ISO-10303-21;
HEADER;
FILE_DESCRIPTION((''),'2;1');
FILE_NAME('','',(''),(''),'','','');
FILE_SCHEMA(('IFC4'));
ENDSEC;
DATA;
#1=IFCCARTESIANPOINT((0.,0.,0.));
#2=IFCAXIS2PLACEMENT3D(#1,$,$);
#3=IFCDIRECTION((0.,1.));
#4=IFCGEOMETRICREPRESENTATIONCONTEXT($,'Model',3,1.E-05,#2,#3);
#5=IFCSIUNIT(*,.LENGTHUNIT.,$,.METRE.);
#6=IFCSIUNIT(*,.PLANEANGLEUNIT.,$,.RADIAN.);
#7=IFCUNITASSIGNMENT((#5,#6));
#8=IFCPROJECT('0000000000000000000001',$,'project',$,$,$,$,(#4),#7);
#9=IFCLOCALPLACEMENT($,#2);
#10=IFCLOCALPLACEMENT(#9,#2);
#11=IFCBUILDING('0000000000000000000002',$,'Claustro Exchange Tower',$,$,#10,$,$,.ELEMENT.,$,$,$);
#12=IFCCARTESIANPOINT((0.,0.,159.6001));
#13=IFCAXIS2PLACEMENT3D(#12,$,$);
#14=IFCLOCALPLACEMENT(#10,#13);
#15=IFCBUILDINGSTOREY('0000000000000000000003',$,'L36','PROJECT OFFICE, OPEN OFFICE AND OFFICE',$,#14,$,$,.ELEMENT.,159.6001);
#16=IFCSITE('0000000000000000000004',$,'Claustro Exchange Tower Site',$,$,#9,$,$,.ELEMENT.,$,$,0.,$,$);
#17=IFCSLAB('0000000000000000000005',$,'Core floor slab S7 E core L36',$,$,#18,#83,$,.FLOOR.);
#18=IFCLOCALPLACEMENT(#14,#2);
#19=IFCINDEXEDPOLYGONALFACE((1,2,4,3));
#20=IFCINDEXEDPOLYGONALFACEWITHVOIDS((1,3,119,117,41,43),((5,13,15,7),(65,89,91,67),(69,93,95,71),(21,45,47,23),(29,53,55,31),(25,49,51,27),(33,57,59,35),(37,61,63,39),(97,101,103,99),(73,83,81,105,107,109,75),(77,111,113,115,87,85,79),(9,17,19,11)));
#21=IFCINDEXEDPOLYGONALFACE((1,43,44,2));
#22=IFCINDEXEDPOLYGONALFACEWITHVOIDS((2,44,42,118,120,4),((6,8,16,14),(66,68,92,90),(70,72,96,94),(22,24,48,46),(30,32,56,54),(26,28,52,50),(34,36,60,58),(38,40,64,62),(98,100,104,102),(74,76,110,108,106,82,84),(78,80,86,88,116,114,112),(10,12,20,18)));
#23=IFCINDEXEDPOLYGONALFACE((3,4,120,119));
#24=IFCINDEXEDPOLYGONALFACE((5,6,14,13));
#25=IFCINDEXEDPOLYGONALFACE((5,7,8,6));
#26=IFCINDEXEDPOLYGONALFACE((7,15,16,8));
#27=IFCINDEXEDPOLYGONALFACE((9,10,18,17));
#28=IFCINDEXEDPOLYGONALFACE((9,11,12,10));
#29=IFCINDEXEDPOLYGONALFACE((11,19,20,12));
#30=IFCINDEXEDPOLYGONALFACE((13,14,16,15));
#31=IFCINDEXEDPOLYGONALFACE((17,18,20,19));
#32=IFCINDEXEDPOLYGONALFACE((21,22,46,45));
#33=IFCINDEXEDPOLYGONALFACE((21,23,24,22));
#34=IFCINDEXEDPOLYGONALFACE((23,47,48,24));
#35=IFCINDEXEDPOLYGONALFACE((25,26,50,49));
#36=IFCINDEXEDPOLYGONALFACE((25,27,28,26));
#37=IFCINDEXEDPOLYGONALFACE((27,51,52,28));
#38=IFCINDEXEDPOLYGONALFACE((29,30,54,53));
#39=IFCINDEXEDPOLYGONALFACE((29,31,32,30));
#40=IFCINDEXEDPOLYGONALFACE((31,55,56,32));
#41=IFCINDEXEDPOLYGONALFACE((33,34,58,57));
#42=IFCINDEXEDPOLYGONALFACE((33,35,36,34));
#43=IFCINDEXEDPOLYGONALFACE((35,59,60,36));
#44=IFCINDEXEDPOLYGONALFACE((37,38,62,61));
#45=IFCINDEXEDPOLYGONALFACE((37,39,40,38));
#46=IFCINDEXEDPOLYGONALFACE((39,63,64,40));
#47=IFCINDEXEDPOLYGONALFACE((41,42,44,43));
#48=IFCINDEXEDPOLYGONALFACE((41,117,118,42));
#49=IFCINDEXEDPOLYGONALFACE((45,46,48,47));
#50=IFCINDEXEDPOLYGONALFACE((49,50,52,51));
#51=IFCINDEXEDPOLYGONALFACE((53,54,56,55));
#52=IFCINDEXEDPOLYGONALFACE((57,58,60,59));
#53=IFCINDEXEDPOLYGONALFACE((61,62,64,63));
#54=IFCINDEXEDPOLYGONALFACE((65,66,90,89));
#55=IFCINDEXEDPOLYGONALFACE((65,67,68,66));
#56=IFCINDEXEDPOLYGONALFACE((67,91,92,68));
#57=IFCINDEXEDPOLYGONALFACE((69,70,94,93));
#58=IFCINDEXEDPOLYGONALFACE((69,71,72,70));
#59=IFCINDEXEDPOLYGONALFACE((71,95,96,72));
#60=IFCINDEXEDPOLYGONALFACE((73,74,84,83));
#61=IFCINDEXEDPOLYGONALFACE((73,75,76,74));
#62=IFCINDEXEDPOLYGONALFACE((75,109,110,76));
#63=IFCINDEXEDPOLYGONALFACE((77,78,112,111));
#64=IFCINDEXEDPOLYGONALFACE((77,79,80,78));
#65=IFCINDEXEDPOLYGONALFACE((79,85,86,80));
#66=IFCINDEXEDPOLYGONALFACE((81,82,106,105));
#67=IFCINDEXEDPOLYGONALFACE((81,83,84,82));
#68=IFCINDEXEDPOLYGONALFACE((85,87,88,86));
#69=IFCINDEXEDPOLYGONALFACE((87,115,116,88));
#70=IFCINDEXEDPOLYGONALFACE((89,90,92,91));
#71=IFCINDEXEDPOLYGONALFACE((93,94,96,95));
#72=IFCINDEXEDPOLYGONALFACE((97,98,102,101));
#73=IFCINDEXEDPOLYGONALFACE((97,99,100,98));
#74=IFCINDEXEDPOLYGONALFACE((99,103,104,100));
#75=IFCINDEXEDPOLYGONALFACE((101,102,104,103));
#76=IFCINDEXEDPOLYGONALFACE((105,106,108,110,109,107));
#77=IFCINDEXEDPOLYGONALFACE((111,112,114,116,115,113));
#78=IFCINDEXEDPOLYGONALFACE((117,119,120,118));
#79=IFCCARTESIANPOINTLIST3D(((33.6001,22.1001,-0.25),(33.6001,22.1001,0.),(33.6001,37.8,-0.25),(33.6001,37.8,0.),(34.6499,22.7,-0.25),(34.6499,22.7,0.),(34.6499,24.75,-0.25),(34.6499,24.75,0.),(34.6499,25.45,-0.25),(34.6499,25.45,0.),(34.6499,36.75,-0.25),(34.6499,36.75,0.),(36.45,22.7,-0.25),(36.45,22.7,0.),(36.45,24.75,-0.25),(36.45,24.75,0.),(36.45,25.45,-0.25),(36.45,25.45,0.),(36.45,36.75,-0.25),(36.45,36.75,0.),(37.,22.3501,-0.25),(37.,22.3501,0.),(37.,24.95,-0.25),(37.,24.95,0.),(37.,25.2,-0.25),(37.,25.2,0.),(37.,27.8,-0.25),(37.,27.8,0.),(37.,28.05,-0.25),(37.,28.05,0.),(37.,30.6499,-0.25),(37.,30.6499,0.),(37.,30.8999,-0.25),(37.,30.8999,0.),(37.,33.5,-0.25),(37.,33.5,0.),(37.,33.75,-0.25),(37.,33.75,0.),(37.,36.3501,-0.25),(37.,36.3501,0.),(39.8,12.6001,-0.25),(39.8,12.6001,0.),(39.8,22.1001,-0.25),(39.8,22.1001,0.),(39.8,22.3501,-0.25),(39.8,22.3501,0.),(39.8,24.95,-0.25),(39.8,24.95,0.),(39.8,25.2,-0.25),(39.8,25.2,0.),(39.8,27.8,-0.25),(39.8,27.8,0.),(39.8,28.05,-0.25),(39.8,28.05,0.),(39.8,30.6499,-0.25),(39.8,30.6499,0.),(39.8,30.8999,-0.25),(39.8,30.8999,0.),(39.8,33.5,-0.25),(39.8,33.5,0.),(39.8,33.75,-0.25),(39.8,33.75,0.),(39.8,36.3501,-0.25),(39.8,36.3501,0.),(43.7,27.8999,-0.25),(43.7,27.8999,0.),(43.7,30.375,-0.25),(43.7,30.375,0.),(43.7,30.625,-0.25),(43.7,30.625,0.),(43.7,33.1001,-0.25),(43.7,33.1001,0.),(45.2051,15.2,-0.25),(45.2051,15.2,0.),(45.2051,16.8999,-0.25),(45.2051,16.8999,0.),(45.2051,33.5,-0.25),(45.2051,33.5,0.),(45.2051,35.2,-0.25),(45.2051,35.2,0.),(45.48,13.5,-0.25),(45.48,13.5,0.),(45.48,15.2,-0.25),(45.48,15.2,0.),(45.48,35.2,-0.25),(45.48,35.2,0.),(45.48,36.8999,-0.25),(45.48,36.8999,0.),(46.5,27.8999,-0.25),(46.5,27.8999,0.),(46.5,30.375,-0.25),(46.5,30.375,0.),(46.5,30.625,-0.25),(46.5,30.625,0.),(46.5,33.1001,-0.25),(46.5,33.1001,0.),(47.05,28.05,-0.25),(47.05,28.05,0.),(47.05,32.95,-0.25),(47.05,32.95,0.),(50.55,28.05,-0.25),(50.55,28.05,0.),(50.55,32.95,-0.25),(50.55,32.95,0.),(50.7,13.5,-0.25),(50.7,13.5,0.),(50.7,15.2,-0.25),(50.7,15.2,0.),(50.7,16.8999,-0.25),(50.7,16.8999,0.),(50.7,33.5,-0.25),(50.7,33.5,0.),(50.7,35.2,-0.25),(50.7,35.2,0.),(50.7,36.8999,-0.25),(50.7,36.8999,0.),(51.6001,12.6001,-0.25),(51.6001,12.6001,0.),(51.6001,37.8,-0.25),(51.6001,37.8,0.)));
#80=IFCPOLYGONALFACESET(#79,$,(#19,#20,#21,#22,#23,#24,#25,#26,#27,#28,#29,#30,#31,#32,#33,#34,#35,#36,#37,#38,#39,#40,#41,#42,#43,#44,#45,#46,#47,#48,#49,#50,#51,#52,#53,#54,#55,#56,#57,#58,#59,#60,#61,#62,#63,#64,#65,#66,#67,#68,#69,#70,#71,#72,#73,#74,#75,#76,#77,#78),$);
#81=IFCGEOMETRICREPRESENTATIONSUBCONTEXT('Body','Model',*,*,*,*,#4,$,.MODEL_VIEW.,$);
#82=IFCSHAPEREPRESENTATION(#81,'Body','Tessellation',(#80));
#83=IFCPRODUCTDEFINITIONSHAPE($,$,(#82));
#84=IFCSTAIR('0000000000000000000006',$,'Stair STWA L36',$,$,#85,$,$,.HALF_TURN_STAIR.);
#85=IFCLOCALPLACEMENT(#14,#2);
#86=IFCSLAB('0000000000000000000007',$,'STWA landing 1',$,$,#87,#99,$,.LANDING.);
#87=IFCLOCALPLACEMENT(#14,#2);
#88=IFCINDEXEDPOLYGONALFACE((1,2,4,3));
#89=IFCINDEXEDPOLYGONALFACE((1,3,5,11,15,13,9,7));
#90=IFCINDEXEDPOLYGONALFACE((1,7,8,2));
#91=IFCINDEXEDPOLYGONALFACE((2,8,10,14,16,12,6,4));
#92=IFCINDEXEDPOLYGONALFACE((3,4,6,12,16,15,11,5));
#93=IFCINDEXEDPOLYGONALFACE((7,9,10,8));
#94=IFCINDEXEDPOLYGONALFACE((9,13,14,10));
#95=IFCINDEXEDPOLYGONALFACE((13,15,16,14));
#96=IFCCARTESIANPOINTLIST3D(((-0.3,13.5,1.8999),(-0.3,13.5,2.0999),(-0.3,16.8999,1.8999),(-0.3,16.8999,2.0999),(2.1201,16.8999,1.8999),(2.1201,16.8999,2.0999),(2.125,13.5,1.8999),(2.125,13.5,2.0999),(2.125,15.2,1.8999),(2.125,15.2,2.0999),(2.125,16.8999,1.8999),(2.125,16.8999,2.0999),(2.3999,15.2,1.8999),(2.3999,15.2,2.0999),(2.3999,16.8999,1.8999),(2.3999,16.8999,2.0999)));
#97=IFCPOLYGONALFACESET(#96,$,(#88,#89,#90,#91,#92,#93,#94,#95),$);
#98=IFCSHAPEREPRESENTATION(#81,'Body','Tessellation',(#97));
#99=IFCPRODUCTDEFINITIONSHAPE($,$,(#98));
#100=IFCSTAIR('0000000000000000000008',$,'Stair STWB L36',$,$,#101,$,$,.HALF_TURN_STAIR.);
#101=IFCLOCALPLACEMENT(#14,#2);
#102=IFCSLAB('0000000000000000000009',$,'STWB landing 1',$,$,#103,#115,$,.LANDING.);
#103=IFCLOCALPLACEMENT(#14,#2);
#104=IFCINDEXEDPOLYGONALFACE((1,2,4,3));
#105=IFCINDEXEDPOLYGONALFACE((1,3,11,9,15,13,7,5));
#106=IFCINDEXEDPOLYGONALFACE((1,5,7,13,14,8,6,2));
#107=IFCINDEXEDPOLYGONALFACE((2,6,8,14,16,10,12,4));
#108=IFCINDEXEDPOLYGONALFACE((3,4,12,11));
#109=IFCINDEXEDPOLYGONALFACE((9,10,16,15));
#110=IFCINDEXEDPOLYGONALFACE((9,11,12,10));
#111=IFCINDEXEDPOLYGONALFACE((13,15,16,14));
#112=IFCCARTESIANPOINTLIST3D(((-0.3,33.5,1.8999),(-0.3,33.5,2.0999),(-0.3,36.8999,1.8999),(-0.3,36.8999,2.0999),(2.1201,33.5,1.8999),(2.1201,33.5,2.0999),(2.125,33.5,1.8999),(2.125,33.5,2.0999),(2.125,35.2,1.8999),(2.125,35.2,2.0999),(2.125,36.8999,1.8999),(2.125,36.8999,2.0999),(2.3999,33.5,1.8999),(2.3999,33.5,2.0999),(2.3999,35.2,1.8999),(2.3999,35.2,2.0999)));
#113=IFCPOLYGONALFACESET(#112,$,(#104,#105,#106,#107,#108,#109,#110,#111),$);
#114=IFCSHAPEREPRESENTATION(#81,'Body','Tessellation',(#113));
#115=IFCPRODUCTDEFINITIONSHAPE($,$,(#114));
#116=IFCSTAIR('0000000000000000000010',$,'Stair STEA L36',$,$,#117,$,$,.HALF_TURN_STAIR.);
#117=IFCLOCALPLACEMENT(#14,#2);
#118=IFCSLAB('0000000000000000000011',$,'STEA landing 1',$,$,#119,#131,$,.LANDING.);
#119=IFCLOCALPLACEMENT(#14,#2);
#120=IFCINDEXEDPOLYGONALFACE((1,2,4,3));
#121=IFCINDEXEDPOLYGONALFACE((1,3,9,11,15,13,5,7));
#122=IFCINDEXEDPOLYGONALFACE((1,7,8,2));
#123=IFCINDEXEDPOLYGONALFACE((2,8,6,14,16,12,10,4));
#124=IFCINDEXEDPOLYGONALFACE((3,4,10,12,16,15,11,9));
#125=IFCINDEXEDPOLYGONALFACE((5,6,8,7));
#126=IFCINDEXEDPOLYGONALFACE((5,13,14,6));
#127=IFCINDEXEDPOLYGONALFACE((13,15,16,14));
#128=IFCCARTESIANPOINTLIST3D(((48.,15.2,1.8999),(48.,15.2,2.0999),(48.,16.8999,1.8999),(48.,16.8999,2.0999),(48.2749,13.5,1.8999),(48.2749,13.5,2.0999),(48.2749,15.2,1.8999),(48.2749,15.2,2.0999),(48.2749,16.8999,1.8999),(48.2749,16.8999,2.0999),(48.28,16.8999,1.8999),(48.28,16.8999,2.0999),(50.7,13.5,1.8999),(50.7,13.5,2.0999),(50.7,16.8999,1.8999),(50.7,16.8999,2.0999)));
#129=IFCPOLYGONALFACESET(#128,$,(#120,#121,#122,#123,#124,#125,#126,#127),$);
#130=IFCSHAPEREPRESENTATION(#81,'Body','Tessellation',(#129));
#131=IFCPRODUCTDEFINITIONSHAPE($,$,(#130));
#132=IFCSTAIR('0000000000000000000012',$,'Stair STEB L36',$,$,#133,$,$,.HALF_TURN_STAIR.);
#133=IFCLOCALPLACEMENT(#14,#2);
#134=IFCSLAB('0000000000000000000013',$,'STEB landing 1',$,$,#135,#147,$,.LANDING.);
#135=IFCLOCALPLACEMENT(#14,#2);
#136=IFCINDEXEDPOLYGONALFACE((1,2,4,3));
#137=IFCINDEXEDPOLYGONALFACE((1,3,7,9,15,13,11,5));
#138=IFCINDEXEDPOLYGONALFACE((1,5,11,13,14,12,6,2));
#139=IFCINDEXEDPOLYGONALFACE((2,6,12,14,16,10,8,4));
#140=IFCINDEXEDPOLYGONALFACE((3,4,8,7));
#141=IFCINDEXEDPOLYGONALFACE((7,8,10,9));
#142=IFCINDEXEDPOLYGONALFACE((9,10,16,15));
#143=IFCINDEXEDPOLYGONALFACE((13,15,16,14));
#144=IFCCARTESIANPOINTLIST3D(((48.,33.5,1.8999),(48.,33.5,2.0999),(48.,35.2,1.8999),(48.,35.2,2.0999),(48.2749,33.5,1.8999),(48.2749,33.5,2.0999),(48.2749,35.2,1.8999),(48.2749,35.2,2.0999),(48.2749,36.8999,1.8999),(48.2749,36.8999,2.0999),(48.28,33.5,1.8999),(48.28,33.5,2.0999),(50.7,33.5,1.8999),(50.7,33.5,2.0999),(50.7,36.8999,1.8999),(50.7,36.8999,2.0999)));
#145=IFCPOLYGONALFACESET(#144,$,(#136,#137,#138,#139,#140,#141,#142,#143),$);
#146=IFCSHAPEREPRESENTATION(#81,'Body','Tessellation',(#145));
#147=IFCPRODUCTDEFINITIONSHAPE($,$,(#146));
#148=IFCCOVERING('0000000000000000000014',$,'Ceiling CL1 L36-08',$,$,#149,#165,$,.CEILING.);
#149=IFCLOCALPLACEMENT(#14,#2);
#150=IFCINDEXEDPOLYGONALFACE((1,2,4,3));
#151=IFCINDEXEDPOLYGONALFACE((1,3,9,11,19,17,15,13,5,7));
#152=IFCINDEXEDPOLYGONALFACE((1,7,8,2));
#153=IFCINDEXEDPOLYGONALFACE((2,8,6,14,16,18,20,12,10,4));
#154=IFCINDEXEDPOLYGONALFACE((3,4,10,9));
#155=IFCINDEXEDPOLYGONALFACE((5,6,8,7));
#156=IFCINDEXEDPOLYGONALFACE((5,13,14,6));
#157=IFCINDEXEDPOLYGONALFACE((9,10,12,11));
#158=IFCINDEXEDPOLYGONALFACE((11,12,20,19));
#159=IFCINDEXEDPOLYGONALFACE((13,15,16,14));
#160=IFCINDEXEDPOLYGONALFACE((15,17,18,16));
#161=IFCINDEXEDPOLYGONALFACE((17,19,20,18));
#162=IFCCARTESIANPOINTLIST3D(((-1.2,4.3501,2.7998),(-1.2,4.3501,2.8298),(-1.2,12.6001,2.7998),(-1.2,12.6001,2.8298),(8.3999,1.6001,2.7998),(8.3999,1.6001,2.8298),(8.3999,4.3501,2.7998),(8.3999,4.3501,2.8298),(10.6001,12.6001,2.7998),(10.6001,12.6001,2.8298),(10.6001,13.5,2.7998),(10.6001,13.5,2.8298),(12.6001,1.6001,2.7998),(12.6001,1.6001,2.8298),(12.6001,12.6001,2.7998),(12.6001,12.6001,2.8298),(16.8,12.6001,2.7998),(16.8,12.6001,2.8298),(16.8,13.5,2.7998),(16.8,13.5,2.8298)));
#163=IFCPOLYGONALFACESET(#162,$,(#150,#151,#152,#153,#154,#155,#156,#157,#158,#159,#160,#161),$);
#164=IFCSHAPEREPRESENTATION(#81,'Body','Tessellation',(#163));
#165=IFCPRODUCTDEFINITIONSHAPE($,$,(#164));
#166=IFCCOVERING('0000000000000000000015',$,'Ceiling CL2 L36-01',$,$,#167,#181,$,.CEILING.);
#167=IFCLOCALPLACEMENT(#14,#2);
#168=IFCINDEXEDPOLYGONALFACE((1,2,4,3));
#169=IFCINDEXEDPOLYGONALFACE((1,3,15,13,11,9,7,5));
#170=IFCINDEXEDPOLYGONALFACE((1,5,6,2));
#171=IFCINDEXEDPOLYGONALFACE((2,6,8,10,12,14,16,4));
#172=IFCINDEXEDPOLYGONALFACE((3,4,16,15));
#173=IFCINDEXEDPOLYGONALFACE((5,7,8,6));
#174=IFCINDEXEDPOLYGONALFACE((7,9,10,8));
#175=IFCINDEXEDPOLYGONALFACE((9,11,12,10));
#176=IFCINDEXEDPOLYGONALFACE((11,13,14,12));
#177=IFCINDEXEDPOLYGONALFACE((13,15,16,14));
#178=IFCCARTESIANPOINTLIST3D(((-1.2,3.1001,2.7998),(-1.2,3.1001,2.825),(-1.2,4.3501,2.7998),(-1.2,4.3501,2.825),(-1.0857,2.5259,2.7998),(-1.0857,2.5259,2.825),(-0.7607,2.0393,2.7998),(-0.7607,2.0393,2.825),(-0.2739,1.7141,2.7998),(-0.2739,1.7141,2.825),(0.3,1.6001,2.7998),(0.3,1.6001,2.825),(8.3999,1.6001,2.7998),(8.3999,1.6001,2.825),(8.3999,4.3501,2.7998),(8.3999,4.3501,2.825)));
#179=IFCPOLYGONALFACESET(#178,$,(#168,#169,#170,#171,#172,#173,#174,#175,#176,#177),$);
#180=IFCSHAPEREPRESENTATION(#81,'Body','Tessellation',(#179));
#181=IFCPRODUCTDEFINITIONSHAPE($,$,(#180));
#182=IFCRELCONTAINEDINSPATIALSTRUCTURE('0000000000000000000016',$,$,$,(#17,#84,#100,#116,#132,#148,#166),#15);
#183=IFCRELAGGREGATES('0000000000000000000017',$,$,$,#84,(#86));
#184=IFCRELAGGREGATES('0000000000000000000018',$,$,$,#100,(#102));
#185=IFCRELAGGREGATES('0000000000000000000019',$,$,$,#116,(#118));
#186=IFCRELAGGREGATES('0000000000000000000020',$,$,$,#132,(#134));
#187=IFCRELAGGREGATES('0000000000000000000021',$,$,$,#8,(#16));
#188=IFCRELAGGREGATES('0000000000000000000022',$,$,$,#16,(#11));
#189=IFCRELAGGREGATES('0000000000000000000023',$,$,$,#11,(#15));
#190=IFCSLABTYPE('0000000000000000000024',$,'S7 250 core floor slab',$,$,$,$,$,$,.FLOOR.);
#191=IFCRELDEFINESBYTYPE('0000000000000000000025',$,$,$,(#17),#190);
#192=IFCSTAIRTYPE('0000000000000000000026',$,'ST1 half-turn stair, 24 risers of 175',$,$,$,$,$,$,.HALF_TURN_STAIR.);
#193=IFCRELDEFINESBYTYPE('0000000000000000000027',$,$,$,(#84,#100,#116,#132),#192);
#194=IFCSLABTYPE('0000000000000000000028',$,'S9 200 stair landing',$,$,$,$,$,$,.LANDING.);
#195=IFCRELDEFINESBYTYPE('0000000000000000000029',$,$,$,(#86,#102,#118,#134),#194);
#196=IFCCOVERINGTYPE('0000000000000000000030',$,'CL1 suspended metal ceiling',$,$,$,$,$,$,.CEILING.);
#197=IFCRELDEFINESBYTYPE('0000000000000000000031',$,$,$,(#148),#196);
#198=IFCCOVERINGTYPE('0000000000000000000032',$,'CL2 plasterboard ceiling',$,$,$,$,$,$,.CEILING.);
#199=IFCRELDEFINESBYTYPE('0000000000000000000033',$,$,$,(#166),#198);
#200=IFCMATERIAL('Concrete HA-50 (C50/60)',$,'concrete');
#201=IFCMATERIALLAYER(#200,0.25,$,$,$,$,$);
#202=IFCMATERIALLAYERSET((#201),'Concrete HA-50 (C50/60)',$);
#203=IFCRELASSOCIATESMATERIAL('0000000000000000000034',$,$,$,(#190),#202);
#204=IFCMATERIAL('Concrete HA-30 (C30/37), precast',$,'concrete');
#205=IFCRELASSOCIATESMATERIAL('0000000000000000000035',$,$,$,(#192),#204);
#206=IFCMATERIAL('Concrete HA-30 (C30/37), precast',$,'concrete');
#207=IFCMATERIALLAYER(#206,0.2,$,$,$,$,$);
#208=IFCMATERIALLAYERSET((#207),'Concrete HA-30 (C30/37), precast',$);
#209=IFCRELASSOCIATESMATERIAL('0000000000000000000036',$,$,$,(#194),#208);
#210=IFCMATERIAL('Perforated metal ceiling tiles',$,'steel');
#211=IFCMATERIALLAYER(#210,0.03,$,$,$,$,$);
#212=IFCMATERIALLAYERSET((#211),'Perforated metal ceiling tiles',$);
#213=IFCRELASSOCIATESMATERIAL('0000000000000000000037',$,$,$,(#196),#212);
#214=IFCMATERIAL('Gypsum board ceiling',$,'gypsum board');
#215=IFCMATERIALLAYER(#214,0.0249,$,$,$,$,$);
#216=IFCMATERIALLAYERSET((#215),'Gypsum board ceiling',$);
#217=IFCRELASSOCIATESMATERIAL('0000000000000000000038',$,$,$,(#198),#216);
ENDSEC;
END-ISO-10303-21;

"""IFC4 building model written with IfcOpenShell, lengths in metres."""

from ifc_helpers import new_model, si_unit, direction, frame, origin, place, context, subcontext, project, spatial, polyline, outline, extrude, material, layer, layer_set, type_object, element, aggregate, save


model = new_model("IFC4")

# Units and contexts
model_context = context("Model", 3, precision=1e-05, world=origin(), true_north=direction((0.0, 1.0)))
body_context = subcontext(model_context, "Body", "Model", "MODEL_VIEW")
ifc_project = project(units=[si_unit("LENGTHUNIT", "METRE"), si_unit("PLANEANGLEUNIT", "RADIAN")], contexts=[model_context])

# Site, building, storey
site_placement = place(None, origin())
site = spatial("IfcSite", under=ifc_project, at=site_placement, Name="Claustro Exchange Tower Site", CompositionType="ELEMENT", RefElevation=0.0)
building_placement = place(site_placement, origin())
building = spatial("IfcBuilding", under=site, at=building_placement, Name="Claustro Exchange Tower", CompositionType="ELEMENT")
storey_placement = place(building_placement, frame((0.0, 0.0, 159.6001)))
storey = spatial("IfcBuildingStorey", under=building, at=storey_placement, Name="L36", Description="PROJECT OFFICE, OPEN OFFICE AND OFFICE", CompositionType="ELEMENT", Elevation=159.6001)

# Slab
ifc_material_1 = material(Name="Concrete HA-50 (C50/60)", Category="concrete")
ifc_layer_1 = layer(ifc_material_1, 0.25)
ifc_layer_set_1 = layer_set([ifc_layer_1], Name="Concrete HA-50 (C50/60)")
slab_type_1 = type_object("IfcSlabType", Name="S7 250 core floor slab", PredefinedType="FLOOR", material=ifc_layer_set_1)
slab_1_placement = place(storey_placement, frame((0.0, 0.0, -0.25)))
element("IfcSlab", 1, at=slab_1_placement, inside=storey, type_object=slab_type_1, Name="Core floor slab S7 E core L36", PredefinedType="FLOOR", context=body_context, shape_type="SweptSolid", body=[
    extrude(outline(polyline([(51.6001, 37.8), (33.6001, 37.8), (33.6001, 22.1001), (39.8, 22.1001), (39.8, 12.6001), (51.6001, 12.6001), (51.6001, 37.8)]), holes=[polyline([(45.48, 15.2), (45.2051, 15.2), (45.2051, 16.8999), (50.7, 16.8999), (50.7, 15.2), (50.7, 13.5), (45.48, 13.5), (45.48, 15.2)]), polyline([(45.48, 35.2), (45.48, 36.8999), (50.7, 36.8999), (50.7, 35.2), (50.7, 33.5), (45.2051, 33.5), (45.2051, 35.2), (45.48, 35.2)]), polyline([(50.55, 32.95), (50.55, 28.05), (47.05, 28.05), (47.05, 32.95), (50.55, 32.95)]), polyline([(43.7, 33.1001), (46.5, 33.1001), (46.5, 30.625), (43.7, 30.625), (43.7, 33.1001)]), polyline([(46.5, 30.375), (46.5, 27.8999), (43.7, 27.8999), (43.7, 30.375), (46.5, 30.375)]), polyline([(37.0, 24.95), (39.8, 24.95), (39.8, 22.3501), (37.0, 22.3501), (37.0, 24.95)]), polyline([(37.0, 30.6499), (39.8, 30.6499), (39.8, 28.05), (37.0, 28.05), (37.0, 30.6499)]), polyline([(39.8, 27.8), (39.8, 25.2), (37.0, 25.2), (37.0, 27.8), (39.8, 27.8)]), polyline([(39.8, 33.5), (39.8, 30.8999), (37.0, 30.8999), (37.0, 33.5), (39.8, 33.5)]), polyline([(39.8, 36.3501), (39.8, 33.75), (37.0, 33.75), (37.0, 36.3501), (39.8, 36.3501)]), polyline([(36.45, 24.75), (36.45, 22.7), (34.6499, 22.7), (34.6499, 24.75), (36.45, 24.75)]), polyline([(36.45, 36.75), (36.45, 25.45), (34.6499, 25.45), (34.6499, 36.75), (36.45, 36.75)])]), origin(), (0.0, 0.0, 1.0), 0.25),
])

# Stairs, slabs
ifc_material_2 = material(Name="Concrete HA-30 (C30/37), precast", Category="concrete")
stair_type = type_object("IfcStairType", Name="ST1 half-turn stair, 24 risers of 175", PredefinedType="HALF_TURN_STAIR", material=ifc_material_2)
stair_1_placement = place(storey_placement, origin())
stair_1 = element("IfcStair", 2, at=stair_1_placement, inside=storey, type_object=stair_type, Name="Stair STWA L36", PredefinedType="HALF_TURN_STAIR")
ifc_material_3 = material(Name="Concrete HA-30 (C30/37), precast", Category="concrete")
ifc_layer_2 = layer(ifc_material_3, 0.2)
ifc_layer_set_2 = layer_set([ifc_layer_2], Name="Concrete HA-30 (C30/37), precast")
slab_type_2 = type_object("IfcSlabType", Name="S9 200 stair landing", PredefinedType="LANDING", material=ifc_layer_set_2)
slab_2_placement = place(storey_placement, frame((0.0, 0.0, 1.8999)))
slab_2 = element("IfcSlab", 3, at=slab_2_placement, type_object=slab_type_2, Name="STWA landing 1", PredefinedType="LANDING", context=body_context, shape_type="SweptSolid", body=[
    extrude(outline(polyline([(2.125, 13.5), (-0.3, 13.5), (-0.3, 16.8999), (2.1201, 16.8999), (2.125, 16.8999), (2.3999, 16.8999), (2.3999, 15.2), (2.125, 15.2), (2.125, 13.5)])), origin(), (0.0, 0.0, 1.0), 0.2),
])
aggregate(stair_1, [slab_2])
stair_2_placement = place(storey_placement, origin())
stair_2 = element("IfcStair", 4, at=stair_2_placement, inside=storey, type_object=stair_type, Name="Stair STWB L36", PredefinedType="HALF_TURN_STAIR")
slab_3_placement = place(storey_placement, frame((0.0, 0.0, 1.8999)))
slab_3 = element("IfcSlab", 5, at=slab_3_placement, type_object=slab_type_2, Name="STWB landing 1", PredefinedType="LANDING", context=body_context, shape_type="SweptSolid", body=[
    extrude(outline(polyline([(2.3999, 35.2), (2.3999, 33.5), (2.125, 33.5), (2.1201, 33.5), (-0.3, 33.5), (-0.3, 36.8999), (2.125, 36.8999), (2.125, 35.2), (2.3999, 35.2)])), origin(), (0.0, 0.0, 1.0), 0.2),
])
aggregate(stair_2, [slab_3])
stair_3_placement = place(storey_placement, origin())
stair_3 = element("IfcStair", 6, at=stair_3_placement, inside=storey, type_object=stair_type, Name="Stair STEA L36", PredefinedType="HALF_TURN_STAIR")
slab_4_placement = place(storey_placement, frame((0.0, 0.0, 1.8999)))
slab_4 = element("IfcSlab", 7, at=slab_4_placement, type_object=slab_type_2, Name="STEA landing 1", PredefinedType="LANDING", context=body_context, shape_type="SweptSolid", body=[
    extrude(outline(polyline([(50.7, 16.8999), (50.7, 13.5), (48.2749, 13.5), (48.2749, 15.2), (48.0, 15.2), (48.0, 16.8999), (48.2749, 16.8999), (48.28, 16.8999), (50.7, 16.8999)])), origin(), (0.0, 0.0, 1.0), 0.2),
])
aggregate(stair_3, [slab_4])
stair_4_placement = place(storey_placement, origin())
stair_4 = element("IfcStair", 8, at=stair_4_placement, inside=storey, type_object=stair_type, Name="Stair STEB L36", PredefinedType="HALF_TURN_STAIR")
slab_5_placement = place(storey_placement, frame((0.0, 0.0, 1.8999)))
slab_5 = element("IfcSlab", 9, at=slab_5_placement, type_object=slab_type_2, Name="STEB landing 1", PredefinedType="LANDING", context=body_context, shape_type="SweptSolid", body=[
    extrude(outline(polyline([(48.0, 33.5), (48.0, 35.2), (48.2749, 35.2), (48.2749, 36.8999), (50.7, 36.8999), (50.7, 33.5), (48.28, 33.5), (48.2749, 33.5), (48.0, 33.5)])), origin(), (0.0, 0.0, 1.0), 0.2),
])
aggregate(stair_4, [slab_5])

# Coverings
ifc_material_4 = material(Name="Perforated metal ceiling tiles", Category="steel")
ifc_layer_3 = layer(ifc_material_4, 0.03)
ifc_layer_set_3 = layer_set([ifc_layer_3], Name="Perforated metal ceiling tiles")
covering_type_1 = type_object("IfcCoveringType", Name="CL1 suspended metal ceiling", PredefinedType="CEILING", material=ifc_layer_set_3)
covering_1_placement = place(storey_placement, frame((0.0, 0.0, 2.7998)))
element("IfcCovering", 10, at=covering_1_placement, inside=storey, type_object=covering_type_1, Name="Ceiling CL1 L36-08", PredefinedType="CEILING", context=body_context, shape_type="SweptSolid", body=[
    extrude(outline(polyline([(10.6001, 13.5), (10.6001, 12.6001), (-1.2, 12.6001), (-1.2, 4.3501), (8.3999, 4.3501), (8.3999, 1.6001), (12.6001, 1.6001), (12.6001, 12.6001), (16.8, 12.6001), (16.8, 13.5), (10.6001, 13.5)])), origin(), (0.0, 0.0, 1.0), 0.03),
])
ifc_material_5 = material(Name="Gypsum board ceiling", Category="gypsum board")
ifc_layer_4 = layer(ifc_material_5, 0.0249)
ifc_layer_set_4 = layer_set([ifc_layer_4], Name="Gypsum board ceiling")
covering_type_2 = type_object("IfcCoveringType", Name="CL2 plasterboard ceiling", PredefinedType="CEILING", material=ifc_layer_set_4)
covering_2_placement = place(storey_placement, frame((0.0, 0.0, 2.7998)))
element("IfcCovering", 11, at=covering_2_placement, inside=storey, type_object=covering_type_2, Name="Ceiling CL2 L36-01", PredefinedType="CEILING", context=body_context, shape_type="SweptSolid", body=[
    extrude(outline(polyline([(-1.0857, 2.5259), (-0.7607, 2.0393), (-0.2739, 1.7141), (0.3, 1.6001), (8.3999, 1.6001), (8.3999, 4.3501), (-1.2, 4.3501), (-1.2, 3.1001), (-1.0857, 2.5259)])), origin(), (0.0, 0.0, 1.0), 0.0251),
])

save(model, "model.ifc")
